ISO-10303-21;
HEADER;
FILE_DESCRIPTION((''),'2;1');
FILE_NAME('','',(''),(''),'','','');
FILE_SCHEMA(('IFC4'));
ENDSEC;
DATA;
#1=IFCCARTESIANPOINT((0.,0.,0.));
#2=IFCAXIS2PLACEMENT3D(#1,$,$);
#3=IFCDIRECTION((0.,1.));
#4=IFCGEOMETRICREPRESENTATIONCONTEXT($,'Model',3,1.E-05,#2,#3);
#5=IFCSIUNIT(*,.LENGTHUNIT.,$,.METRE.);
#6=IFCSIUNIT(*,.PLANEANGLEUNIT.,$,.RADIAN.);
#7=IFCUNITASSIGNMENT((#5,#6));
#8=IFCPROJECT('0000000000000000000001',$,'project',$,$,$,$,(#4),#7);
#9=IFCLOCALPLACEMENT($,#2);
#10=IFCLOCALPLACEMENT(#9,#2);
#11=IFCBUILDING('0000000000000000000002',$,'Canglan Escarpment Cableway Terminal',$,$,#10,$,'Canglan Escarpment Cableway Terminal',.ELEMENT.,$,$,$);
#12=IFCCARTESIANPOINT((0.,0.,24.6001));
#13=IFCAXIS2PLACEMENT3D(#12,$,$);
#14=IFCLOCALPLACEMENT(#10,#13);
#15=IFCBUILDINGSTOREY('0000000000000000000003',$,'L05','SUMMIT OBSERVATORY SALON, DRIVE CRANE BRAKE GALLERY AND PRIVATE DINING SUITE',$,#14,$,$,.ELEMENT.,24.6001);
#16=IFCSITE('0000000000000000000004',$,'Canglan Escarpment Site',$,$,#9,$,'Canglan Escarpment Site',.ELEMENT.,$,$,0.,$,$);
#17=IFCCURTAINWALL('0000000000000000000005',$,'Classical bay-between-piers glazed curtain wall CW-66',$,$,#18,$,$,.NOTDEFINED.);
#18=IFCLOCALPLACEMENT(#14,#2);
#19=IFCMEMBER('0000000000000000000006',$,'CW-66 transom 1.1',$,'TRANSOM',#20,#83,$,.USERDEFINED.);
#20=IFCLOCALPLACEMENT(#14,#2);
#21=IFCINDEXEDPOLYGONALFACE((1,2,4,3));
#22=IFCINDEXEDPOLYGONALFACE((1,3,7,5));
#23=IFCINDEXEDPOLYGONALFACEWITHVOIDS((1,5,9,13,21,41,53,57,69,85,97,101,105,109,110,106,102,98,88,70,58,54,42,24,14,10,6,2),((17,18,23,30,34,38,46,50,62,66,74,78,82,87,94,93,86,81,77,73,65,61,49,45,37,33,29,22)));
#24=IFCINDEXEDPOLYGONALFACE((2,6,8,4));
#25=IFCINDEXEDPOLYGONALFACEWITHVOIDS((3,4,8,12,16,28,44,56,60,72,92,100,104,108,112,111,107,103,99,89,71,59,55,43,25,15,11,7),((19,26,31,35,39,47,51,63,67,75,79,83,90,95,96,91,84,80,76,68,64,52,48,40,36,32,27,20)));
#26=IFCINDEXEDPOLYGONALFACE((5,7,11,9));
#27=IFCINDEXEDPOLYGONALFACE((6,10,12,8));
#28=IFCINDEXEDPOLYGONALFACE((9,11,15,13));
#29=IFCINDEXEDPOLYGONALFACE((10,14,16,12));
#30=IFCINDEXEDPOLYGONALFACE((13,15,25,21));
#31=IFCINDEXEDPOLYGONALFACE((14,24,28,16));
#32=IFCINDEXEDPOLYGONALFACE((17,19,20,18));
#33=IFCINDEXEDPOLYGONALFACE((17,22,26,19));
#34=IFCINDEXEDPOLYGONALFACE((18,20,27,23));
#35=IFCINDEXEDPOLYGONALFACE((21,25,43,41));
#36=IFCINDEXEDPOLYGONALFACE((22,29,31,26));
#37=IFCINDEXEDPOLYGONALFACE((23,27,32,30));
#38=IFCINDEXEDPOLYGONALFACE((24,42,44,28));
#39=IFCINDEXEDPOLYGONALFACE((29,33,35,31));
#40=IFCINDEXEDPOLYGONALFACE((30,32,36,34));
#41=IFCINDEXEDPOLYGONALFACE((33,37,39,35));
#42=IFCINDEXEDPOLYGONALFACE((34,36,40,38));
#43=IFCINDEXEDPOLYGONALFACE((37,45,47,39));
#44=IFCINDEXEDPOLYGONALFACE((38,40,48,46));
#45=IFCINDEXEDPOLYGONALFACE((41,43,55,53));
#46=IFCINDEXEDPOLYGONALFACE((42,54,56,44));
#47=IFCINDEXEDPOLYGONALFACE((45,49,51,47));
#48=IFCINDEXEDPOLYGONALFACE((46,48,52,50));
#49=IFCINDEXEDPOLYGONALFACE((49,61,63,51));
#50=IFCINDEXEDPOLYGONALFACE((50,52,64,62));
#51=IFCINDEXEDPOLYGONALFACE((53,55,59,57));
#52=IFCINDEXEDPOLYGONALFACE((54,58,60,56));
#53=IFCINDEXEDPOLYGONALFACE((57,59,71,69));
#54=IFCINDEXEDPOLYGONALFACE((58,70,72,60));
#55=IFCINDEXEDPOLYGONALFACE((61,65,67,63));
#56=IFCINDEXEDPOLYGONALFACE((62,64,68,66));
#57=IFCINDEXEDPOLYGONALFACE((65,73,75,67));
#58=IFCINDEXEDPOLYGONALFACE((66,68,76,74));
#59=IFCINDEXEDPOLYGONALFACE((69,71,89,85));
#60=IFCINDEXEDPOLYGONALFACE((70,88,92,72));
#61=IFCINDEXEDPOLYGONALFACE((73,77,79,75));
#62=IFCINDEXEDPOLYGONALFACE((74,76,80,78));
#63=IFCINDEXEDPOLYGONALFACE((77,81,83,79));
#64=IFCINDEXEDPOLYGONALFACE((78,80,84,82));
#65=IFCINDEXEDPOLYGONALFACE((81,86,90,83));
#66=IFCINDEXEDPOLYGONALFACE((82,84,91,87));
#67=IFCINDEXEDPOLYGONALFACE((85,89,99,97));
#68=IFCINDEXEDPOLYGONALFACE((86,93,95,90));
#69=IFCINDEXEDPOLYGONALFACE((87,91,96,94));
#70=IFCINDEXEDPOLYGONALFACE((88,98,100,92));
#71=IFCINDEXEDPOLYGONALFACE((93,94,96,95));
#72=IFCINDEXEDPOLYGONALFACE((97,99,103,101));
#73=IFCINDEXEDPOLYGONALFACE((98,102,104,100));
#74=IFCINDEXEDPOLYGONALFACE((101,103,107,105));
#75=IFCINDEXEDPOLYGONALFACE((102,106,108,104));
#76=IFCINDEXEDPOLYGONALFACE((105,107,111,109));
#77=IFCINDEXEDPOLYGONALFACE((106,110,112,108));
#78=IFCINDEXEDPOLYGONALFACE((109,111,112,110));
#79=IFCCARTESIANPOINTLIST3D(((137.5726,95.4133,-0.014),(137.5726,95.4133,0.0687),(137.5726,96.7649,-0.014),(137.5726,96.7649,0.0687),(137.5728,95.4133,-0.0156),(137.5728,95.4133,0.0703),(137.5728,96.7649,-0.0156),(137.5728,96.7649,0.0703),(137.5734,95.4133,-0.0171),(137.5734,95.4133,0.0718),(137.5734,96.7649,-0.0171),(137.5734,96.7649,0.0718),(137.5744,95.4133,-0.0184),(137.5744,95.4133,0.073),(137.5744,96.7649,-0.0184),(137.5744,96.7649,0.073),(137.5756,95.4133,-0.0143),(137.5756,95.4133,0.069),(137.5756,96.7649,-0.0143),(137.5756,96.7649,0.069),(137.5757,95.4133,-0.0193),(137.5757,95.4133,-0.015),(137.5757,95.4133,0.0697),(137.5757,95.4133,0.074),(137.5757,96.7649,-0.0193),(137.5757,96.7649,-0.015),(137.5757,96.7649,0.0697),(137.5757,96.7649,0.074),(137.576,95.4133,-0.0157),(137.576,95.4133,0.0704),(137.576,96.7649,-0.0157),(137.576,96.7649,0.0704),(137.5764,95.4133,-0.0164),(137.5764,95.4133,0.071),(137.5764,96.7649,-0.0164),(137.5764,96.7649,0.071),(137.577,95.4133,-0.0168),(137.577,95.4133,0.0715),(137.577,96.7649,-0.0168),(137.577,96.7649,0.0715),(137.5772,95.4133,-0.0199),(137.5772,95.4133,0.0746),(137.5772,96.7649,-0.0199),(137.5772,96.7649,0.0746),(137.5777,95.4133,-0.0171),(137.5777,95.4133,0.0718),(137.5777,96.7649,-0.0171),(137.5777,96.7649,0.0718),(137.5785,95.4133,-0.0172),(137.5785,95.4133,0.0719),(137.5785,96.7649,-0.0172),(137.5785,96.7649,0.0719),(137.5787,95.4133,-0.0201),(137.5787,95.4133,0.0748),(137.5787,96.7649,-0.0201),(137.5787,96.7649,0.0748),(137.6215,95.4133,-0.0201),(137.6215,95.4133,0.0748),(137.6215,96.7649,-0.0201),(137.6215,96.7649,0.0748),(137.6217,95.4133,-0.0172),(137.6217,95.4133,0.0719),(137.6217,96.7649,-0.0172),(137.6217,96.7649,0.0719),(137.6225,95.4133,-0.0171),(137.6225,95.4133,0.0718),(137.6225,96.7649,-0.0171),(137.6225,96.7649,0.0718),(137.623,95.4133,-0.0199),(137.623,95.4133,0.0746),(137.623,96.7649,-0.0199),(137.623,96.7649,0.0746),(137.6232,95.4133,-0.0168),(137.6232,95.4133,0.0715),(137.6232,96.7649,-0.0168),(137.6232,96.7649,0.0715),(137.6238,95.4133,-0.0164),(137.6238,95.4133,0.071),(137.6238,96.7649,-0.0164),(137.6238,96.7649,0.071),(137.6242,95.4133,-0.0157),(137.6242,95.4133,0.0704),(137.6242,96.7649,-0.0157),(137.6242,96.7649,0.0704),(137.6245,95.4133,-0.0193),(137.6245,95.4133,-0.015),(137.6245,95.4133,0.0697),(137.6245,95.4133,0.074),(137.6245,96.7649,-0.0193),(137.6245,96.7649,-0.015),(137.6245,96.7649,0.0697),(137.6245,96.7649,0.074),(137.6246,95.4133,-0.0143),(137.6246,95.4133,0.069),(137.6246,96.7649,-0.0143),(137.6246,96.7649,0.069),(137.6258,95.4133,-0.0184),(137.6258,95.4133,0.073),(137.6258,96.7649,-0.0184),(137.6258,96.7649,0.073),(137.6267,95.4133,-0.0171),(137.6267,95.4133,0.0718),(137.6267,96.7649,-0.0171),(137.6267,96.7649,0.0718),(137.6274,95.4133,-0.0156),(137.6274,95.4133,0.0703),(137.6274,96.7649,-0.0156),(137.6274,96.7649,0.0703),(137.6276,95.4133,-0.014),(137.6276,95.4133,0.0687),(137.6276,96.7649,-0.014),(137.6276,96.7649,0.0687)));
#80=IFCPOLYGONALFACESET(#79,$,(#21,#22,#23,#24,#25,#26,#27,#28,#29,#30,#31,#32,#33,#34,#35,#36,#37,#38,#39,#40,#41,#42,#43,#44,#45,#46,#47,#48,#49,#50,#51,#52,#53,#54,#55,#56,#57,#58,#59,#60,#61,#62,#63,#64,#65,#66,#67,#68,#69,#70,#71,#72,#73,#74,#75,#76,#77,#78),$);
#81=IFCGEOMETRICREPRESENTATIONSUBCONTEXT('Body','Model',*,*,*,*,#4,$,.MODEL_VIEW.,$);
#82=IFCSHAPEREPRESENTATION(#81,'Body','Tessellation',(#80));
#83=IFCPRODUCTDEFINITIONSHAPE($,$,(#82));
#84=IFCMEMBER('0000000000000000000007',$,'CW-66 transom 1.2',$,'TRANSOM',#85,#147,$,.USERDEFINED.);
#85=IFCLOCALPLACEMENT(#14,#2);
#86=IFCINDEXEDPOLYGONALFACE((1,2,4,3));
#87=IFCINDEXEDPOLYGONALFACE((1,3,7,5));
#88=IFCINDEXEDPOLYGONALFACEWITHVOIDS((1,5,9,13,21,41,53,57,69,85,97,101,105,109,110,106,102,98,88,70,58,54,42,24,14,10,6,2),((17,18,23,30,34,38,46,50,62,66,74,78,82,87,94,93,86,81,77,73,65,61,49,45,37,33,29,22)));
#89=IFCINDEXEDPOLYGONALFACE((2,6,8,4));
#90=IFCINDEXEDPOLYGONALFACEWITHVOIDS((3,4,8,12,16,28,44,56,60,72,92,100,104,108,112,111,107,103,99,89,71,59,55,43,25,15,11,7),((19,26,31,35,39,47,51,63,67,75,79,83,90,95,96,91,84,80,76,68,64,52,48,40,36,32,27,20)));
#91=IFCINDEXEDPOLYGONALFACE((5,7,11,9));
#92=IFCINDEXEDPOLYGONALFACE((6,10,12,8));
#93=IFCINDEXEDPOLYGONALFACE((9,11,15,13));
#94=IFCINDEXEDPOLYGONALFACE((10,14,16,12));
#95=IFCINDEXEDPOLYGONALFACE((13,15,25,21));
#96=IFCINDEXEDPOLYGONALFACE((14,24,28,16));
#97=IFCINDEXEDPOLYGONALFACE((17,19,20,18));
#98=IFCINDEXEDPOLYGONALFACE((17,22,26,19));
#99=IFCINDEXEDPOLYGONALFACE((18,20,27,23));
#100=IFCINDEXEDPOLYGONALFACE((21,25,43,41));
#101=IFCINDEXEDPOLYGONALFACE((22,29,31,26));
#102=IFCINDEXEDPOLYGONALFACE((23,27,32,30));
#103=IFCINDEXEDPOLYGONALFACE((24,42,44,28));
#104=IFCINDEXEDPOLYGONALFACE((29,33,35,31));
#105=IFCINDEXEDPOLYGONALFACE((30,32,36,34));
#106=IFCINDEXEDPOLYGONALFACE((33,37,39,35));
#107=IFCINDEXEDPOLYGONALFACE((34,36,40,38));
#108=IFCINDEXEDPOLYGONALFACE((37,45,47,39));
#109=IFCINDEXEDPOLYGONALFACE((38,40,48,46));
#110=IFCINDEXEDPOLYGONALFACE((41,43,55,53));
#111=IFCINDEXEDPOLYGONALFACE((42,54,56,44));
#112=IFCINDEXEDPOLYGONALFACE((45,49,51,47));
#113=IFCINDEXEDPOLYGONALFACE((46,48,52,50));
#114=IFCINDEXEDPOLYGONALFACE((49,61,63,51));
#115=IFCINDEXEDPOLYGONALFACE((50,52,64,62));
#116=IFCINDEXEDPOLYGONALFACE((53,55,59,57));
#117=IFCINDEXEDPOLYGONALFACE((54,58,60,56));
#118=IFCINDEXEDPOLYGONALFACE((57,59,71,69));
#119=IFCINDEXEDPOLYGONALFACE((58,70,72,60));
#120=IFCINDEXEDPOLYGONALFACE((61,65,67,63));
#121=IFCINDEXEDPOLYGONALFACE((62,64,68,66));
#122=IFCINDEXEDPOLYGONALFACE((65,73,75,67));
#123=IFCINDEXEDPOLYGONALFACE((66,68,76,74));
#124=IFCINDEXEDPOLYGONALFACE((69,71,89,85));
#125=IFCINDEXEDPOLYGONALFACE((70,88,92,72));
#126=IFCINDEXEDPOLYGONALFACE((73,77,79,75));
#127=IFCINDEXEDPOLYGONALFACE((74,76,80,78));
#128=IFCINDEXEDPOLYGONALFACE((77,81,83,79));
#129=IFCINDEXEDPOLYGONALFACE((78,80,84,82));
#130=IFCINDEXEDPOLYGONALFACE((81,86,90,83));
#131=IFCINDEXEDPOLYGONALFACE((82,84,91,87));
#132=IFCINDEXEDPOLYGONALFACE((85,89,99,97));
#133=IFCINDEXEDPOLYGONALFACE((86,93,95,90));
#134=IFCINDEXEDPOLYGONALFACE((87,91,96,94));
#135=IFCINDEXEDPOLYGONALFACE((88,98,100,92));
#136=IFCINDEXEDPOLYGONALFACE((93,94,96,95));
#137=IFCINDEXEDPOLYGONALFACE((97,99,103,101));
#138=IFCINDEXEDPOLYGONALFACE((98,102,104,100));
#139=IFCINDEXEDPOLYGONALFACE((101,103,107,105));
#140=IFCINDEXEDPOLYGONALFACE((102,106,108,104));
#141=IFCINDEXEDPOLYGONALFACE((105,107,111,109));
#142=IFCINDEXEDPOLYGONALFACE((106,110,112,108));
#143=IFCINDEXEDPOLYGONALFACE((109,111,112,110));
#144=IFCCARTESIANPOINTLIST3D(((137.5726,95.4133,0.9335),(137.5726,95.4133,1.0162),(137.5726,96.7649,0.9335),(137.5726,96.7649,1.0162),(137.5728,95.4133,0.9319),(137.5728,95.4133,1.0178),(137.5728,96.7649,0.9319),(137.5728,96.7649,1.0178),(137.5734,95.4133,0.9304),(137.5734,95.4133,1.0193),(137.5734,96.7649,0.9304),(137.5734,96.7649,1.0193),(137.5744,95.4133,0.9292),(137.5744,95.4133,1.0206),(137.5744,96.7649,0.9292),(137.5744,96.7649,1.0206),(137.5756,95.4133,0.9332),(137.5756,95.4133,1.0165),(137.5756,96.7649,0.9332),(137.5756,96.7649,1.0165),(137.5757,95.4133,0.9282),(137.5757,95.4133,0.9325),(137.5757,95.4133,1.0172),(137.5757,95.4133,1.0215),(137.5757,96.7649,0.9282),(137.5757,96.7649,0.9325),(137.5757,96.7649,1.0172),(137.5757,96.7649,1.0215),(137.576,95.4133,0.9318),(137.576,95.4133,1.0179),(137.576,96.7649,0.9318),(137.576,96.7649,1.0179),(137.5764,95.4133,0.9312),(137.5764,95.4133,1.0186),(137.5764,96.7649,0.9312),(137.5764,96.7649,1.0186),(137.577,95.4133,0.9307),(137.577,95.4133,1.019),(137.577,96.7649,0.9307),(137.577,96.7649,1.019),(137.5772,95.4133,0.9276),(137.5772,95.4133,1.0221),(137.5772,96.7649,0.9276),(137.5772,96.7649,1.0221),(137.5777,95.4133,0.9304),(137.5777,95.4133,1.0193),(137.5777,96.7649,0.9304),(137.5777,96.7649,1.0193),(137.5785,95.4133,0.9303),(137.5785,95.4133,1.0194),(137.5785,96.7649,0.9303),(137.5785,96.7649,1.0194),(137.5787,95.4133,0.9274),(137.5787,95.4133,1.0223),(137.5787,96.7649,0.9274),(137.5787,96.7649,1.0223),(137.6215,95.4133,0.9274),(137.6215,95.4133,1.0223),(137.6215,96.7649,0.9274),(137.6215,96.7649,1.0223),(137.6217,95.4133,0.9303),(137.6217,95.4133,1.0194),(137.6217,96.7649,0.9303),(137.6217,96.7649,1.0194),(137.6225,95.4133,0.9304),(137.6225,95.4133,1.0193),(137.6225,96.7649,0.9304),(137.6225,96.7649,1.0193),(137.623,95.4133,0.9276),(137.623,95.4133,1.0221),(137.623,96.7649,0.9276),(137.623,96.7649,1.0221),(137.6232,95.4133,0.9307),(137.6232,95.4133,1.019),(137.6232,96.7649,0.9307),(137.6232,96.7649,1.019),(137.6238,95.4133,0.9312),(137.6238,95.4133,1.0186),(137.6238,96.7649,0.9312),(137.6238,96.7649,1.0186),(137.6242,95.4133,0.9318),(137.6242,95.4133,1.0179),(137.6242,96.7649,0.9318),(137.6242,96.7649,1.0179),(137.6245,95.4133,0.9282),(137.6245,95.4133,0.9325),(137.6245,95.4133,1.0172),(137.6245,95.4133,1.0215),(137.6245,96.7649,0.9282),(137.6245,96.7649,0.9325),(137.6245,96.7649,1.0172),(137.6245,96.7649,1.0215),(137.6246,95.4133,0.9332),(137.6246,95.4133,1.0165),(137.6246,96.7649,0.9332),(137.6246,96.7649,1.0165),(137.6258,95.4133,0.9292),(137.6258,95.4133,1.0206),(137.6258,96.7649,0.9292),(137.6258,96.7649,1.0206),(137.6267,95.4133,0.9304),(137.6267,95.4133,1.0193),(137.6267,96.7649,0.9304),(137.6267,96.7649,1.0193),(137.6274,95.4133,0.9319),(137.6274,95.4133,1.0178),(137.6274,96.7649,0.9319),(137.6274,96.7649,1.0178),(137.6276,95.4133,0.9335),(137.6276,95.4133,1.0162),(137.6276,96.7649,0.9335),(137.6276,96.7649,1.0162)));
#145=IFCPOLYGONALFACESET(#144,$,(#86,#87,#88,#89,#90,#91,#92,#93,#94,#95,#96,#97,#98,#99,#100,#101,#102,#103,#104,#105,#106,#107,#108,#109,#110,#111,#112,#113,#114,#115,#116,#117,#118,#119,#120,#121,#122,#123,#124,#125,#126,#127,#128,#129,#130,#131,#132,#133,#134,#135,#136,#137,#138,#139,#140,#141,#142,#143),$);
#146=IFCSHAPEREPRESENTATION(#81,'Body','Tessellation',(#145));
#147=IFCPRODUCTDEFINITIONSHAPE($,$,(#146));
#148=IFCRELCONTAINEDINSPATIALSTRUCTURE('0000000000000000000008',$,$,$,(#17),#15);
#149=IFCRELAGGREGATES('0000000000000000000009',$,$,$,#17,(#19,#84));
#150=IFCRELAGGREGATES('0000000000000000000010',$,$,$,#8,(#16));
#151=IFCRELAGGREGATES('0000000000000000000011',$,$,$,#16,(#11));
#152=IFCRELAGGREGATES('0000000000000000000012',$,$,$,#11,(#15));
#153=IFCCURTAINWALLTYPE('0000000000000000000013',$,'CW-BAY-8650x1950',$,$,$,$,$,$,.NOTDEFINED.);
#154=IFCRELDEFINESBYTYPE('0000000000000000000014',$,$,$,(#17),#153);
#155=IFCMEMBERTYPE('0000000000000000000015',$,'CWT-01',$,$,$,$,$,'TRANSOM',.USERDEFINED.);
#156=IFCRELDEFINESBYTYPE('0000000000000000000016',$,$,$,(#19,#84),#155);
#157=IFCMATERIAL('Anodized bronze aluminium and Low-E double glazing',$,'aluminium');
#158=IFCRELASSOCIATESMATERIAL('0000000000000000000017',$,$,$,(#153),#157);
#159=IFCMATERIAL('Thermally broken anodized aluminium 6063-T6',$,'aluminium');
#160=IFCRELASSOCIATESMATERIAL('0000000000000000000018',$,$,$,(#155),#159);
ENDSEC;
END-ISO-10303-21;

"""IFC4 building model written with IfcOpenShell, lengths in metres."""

from ifc_helpers import new_model, si_unit, direction, frame, origin, origin_2d, place, context, subcontext, project, spatial, hollow_rectangle, extrude, material, material_profile, profile_set, type_object, element, aggregate, save


model = new_model("IFC4")

# Units and contexts
model_context = context("Model", 3, precision=1e-05, world=origin(), true_north=direction((0.0, 1.0)))
body_context = subcontext(model_context, "Body", "Model", "MODEL_VIEW")
ifc_project = project(units=[si_unit("LENGTHUNIT", "METRE"), si_unit("PLANEANGLEUNIT", "RADIAN")], contexts=[model_context])

# Site, building, storey
site_placement = place(None, origin())
site = spatial("IfcSite", under=ifc_project, at=site_placement, Name="Canglan Escarpment Site", LongName="Canglan Escarpment Site", CompositionType="ELEMENT", RefElevation=0.0)
building_placement = place(site_placement, origin())
building = spatial("IfcBuilding", under=site, at=building_placement, Name="Canglan Escarpment Cableway Terminal", LongName="Canglan Escarpment Cableway Terminal", CompositionType="ELEMENT")
storey_placement = place(building_placement, frame((0.0, 0.0, 24.6001)))
storey = spatial("IfcBuildingStorey", under=building, at=storey_placement, Name="L05", Description="SUMMIT OBSERVATORY SALON, DRIVE CRANE BRAKE GALLERY AND PRIVATE DINING SUITE", CompositionType="ELEMENT", Elevation=24.6001)

# Curtain wall, members
ifc_material_1 = material(Name="Anodized bronze aluminium and Low-E double glazing", Category="aluminium")
curtain_wall_type = type_object("IfcCurtainWallType", Name="CW-BAY-8650x1950", PredefinedType="NOTDEFINED", material=ifc_material_1)
curtain_wall_placement = place(storey_placement, origin())
curtain_wall = element("IfcCurtainWall", 1, at=curtain_wall_placement, inside=storey, type_object=curtain_wall_type, Name="Classical bay-between-piers glazed curtain wall CW-66", PredefinedType="NOTDEFINED")
ifc_material_2 = material(Name="Thermally broken anodized aluminium 6063-T6", Category="aluminium")
ifc_material_profile_1 = material_profile(ifc_material_2, hollow_rectangle(XDim=0.0549, YDim=0.095, WallThickness=0.0029, InnerFilletRadius=0.0029, OuterFilletRadius=0.0061, at=origin_2d()), Name="ALU-TRAN 55x95x3")
ifc_profile_set_1 = profile_set([ifc_material_profile_1], Name="Thermally broken anodized aluminium 6063-T6")
member_type_1 = type_object("IfcMemberType", Name="CWT-01", ElementType="TRANSOM", PredefinedType="USERDEFINED", material=ifc_profile_set_1)
member_1_placement = place(storey_placement, frame((137.6001, 96.7649, 0.0273), z_axis=(0.0, -1.0, 0.0), x_axis=(1.0, 0.0, 0.0)))
member_1 = element("IfcMember", 2, at=member_1_placement, type_object=member_type_1, Name="CW-66 transom 1.1", ObjectType="TRANSOM", PredefinedType="USERDEFINED", context=body_context, shape_type="SweptSolid", body=[
    extrude(hollow_rectangle(XDim=0.0549, YDim=0.095, WallThickness=0.0029, InnerFilletRadius=0.0029, OuterFilletRadius=0.0061, at=origin_2d()), origin(), (0.0, 0.0, 1.0), 1.3516),
])
member_2_placement = place(storey_placement, frame((137.6001, 96.7649, 0.9749), z_axis=(0.0, -1.0, 0.0), x_axis=(1.0, 0.0, 0.0)))
member_2 = element("IfcMember", 3, at=member_2_placement, type_object=member_type_1, Name="CW-66 transom 1.2", ObjectType="TRANSOM", PredefinedType="USERDEFINED", context=body_context, shape_type="SweptSolid", body=[
    extrude(hollow_rectangle(XDim=0.0549, YDim=0.095, WallThickness=0.0029, InnerFilletRadius=0.0029, OuterFilletRadius=0.0061, at=origin_2d()), origin(), (0.0, 0.0, 1.0), 1.3516),
])

aggregate(curtain_wall, [member_1, member_2])

save(model, "model.ifc")
